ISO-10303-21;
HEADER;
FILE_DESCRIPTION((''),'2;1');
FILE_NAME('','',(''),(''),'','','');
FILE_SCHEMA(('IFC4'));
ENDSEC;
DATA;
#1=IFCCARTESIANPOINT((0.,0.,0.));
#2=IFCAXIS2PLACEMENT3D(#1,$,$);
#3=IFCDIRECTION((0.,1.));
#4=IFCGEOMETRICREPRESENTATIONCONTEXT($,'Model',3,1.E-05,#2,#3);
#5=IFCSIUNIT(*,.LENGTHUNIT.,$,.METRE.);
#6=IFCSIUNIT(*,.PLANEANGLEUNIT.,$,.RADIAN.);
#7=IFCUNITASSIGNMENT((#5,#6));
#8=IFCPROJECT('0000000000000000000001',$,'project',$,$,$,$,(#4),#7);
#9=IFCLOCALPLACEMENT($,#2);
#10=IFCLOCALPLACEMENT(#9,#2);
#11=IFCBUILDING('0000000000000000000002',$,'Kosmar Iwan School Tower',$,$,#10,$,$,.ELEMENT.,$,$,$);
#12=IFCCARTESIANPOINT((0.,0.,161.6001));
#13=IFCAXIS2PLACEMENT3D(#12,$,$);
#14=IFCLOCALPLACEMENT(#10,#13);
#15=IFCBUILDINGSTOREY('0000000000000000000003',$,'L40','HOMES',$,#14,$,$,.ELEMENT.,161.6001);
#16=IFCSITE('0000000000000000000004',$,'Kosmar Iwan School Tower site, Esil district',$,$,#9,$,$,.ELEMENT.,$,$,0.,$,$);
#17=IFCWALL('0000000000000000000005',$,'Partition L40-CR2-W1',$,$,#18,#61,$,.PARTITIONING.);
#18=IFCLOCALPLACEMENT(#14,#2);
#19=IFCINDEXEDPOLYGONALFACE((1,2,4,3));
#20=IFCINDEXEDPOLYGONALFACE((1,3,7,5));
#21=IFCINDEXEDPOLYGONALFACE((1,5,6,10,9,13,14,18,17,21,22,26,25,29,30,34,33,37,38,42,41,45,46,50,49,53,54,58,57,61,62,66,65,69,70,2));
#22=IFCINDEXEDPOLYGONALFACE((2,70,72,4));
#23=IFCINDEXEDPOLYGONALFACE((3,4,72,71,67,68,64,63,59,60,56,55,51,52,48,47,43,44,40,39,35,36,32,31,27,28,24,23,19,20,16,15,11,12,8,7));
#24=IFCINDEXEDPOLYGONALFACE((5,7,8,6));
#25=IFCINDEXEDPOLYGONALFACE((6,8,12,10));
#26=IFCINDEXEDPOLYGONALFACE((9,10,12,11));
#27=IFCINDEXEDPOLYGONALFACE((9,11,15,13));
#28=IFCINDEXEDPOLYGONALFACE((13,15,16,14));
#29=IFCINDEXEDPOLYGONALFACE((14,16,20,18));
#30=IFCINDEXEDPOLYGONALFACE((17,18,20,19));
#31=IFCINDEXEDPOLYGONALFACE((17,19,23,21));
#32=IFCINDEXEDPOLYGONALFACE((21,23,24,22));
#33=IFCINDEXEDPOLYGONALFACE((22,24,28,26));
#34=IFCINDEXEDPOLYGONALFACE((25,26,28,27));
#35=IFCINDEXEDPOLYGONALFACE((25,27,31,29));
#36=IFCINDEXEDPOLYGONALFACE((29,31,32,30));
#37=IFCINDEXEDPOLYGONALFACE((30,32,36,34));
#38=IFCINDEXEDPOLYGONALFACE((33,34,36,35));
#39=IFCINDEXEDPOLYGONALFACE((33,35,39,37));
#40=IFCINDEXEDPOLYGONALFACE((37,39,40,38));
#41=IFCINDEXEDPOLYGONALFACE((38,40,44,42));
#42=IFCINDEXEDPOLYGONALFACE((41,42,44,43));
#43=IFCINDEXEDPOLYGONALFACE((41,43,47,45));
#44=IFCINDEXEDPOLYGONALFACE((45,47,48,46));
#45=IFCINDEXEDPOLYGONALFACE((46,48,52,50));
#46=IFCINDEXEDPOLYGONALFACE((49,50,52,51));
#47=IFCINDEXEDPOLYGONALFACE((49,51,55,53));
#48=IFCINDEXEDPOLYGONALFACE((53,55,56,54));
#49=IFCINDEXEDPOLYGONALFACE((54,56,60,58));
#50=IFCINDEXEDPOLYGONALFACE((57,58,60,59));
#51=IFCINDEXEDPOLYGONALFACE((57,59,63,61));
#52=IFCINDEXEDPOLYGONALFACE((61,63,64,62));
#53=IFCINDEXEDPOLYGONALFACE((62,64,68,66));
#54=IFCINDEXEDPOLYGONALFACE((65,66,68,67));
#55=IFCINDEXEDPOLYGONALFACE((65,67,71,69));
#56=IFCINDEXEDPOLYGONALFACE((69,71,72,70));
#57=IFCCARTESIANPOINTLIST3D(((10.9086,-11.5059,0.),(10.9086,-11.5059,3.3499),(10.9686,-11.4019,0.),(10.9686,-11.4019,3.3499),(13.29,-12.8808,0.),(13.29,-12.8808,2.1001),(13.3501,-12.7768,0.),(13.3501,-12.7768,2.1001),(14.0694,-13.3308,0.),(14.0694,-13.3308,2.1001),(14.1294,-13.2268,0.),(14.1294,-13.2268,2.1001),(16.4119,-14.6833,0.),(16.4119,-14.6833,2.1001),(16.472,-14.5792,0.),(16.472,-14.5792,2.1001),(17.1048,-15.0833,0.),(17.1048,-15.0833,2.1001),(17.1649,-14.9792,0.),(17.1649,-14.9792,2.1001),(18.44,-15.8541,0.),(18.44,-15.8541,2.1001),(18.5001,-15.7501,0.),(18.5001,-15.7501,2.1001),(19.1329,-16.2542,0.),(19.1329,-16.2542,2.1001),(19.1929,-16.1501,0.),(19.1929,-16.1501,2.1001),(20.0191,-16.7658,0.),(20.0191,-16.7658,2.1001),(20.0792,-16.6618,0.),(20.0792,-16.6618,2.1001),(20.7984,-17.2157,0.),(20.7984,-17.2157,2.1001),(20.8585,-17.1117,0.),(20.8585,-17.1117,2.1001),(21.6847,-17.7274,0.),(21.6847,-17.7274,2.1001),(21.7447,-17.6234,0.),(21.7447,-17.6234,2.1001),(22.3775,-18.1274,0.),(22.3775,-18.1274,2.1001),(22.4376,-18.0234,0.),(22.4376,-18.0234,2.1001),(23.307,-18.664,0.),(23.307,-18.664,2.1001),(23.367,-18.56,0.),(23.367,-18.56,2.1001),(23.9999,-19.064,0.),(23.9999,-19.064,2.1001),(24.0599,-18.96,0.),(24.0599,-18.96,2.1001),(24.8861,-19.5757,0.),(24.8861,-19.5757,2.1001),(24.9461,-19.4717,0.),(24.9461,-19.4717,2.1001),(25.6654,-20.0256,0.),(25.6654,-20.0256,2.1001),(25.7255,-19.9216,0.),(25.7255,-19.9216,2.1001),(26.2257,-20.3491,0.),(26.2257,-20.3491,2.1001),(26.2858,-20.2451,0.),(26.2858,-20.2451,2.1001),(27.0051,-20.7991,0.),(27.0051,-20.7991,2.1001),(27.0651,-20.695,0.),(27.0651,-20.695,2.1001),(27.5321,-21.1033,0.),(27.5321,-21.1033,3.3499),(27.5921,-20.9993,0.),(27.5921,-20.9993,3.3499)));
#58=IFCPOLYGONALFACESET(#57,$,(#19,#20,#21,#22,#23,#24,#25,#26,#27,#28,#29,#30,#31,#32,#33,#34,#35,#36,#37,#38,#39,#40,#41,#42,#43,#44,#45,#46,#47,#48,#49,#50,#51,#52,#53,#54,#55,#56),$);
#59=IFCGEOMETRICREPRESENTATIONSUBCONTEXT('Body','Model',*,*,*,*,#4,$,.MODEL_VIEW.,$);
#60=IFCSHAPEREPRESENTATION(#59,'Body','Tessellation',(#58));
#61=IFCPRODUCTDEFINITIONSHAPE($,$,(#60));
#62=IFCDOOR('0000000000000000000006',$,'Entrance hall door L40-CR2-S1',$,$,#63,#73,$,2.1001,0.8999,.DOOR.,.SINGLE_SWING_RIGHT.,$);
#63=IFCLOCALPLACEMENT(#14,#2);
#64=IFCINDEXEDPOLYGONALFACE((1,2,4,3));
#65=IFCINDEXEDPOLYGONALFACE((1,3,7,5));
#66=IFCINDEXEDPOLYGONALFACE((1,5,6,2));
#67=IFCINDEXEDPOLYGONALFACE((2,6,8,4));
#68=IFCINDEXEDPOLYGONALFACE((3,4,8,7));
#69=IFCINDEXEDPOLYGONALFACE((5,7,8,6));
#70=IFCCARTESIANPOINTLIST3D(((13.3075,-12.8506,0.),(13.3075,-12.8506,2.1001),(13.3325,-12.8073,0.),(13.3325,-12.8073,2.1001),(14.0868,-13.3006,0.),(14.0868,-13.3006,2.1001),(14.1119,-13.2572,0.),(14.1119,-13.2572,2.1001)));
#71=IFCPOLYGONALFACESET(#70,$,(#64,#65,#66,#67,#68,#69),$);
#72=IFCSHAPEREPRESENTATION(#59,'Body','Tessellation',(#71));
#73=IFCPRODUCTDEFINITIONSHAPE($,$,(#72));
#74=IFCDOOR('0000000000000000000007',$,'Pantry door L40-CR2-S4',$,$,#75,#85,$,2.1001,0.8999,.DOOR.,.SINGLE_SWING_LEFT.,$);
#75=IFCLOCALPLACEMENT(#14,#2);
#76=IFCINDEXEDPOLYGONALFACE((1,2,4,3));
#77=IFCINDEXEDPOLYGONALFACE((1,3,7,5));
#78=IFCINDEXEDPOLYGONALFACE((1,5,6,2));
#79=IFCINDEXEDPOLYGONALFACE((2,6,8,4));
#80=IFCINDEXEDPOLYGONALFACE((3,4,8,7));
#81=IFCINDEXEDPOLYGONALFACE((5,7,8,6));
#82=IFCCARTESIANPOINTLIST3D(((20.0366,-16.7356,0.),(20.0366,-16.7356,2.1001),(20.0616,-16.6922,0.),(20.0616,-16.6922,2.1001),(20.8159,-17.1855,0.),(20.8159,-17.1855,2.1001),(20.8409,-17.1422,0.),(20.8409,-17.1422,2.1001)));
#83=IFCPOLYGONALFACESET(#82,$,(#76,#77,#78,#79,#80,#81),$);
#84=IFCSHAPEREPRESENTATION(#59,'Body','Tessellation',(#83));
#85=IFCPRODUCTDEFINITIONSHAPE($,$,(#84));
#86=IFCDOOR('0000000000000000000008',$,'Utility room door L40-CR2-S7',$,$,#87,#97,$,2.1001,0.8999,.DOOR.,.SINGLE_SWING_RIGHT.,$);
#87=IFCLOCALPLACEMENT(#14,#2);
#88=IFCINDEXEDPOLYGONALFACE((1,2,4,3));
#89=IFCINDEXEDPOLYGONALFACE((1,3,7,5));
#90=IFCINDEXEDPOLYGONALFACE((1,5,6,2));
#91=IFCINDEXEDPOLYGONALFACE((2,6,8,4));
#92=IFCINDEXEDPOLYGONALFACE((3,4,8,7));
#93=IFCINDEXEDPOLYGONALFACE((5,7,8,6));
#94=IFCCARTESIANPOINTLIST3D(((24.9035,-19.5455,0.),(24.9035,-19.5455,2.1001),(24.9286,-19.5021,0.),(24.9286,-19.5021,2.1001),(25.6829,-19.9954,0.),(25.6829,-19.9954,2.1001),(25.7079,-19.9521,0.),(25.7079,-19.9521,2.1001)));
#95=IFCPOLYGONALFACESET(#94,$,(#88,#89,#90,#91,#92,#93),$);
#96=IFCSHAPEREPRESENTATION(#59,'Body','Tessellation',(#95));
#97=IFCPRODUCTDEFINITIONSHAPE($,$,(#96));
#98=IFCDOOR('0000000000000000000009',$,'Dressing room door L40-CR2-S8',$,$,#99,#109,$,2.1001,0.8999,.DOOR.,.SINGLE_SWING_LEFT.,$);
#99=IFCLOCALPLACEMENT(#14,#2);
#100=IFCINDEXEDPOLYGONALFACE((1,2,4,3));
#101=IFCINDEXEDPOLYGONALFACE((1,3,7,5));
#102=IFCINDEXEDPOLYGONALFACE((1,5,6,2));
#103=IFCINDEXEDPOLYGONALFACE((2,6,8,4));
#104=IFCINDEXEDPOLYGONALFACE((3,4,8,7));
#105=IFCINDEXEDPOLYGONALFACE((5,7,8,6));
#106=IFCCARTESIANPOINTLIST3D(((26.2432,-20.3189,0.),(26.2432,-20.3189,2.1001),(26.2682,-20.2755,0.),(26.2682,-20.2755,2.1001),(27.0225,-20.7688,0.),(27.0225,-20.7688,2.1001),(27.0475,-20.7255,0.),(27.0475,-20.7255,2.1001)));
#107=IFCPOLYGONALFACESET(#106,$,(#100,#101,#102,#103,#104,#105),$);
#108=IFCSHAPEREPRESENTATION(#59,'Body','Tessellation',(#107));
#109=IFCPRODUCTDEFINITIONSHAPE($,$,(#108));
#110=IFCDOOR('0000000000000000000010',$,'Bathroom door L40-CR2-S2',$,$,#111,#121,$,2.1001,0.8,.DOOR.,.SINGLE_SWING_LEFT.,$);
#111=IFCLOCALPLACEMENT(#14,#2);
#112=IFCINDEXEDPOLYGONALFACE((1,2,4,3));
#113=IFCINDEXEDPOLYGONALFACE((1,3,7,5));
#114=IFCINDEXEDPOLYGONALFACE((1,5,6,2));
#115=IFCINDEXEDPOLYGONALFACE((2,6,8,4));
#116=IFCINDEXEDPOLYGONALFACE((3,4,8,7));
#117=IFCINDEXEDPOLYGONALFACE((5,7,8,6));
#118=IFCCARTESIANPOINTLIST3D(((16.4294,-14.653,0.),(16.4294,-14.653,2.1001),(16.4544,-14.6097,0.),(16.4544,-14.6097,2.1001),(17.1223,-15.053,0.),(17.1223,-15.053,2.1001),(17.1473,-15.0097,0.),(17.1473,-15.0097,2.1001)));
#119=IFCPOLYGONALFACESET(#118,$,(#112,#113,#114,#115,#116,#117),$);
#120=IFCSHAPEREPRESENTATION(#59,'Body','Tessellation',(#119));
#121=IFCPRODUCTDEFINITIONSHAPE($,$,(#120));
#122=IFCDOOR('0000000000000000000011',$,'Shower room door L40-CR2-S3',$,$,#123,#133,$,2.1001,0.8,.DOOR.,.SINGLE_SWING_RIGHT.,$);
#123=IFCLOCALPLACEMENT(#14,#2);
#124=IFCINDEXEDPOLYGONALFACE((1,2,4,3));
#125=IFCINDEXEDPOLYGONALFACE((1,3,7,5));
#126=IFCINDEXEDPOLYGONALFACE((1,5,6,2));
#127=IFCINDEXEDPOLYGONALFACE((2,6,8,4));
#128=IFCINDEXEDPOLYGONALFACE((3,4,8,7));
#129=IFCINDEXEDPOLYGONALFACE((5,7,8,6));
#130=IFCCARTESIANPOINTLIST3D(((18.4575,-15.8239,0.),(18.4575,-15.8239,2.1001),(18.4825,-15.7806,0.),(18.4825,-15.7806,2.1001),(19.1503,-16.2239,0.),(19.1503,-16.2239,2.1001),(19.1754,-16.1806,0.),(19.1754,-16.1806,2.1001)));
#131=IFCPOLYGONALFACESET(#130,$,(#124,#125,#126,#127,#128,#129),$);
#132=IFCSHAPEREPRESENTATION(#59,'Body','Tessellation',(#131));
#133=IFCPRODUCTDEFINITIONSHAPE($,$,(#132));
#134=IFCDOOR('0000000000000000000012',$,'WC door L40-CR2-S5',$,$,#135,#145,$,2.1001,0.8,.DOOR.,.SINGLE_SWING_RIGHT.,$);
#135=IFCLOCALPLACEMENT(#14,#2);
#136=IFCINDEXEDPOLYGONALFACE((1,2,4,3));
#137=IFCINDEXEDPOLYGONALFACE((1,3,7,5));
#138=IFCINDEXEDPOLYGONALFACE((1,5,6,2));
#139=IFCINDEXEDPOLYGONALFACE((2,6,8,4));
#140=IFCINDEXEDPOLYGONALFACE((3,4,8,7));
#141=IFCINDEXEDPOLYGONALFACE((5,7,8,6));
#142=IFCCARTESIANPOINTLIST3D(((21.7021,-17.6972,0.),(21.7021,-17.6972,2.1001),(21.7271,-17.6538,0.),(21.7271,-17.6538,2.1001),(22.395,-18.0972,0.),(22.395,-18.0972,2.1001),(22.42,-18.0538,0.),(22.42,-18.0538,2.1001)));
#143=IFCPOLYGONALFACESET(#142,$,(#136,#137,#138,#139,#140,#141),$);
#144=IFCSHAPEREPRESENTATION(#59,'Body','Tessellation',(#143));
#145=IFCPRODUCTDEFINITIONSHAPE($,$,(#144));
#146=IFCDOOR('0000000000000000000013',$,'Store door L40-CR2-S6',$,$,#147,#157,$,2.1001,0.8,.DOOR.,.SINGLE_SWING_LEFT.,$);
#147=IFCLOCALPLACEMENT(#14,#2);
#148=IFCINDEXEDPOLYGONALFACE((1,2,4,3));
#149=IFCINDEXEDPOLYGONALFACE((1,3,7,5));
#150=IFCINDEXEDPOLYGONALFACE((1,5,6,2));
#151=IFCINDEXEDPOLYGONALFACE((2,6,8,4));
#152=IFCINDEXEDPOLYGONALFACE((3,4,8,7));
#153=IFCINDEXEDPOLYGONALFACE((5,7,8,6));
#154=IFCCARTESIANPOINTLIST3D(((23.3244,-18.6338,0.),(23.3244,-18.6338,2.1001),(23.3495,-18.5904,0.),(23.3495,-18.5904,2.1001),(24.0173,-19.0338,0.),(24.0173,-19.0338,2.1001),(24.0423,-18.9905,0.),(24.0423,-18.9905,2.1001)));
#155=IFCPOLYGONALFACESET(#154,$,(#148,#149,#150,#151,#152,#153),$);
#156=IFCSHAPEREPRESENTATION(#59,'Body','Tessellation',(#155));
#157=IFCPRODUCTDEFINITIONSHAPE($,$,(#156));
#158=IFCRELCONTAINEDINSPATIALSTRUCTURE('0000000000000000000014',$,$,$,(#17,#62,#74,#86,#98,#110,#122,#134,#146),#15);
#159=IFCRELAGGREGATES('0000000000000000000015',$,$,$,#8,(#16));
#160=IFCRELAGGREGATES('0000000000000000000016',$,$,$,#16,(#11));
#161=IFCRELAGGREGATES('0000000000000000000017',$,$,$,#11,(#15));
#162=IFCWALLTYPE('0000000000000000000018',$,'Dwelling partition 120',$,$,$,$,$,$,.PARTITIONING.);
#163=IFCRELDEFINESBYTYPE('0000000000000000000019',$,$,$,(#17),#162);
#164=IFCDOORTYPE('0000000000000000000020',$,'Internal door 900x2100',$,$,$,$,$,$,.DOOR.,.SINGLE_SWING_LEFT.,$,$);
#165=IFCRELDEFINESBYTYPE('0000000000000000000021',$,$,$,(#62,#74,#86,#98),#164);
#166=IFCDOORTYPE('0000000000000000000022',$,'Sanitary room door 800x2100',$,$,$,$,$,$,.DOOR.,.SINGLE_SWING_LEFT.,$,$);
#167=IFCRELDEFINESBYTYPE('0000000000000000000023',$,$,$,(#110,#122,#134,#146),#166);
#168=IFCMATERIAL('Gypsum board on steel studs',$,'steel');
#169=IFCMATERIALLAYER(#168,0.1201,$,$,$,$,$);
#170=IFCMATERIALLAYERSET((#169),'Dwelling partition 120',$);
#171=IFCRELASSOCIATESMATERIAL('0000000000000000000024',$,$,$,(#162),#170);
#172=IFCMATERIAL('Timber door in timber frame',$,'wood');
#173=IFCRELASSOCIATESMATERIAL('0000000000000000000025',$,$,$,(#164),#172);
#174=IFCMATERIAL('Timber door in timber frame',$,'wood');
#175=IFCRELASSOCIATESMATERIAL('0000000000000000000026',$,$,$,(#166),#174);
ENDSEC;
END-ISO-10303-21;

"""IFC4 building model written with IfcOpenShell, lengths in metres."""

from ifc_helpers import new_model, si_unit, direction, frame, frame_2d, origin, place, context, subcontext, project, spatial, rectangle, extrude, material, layer, layer_set, type_object, element, fill, save


model = new_model("IFC4")

# Units and contexts
model_context = context("Model", 3, precision=1e-05, world=origin(), true_north=direction((0.0, 1.0)))
body_context = subcontext(model_context, "Body", "Model", "MODEL_VIEW")
ifc_project = project(units=[si_unit("LENGTHUNIT", "METRE"), si_unit("PLANEANGLEUNIT", "RADIAN")], contexts=[model_context])

# Site, building, storey
site_placement = place(None, origin())
site = spatial("IfcSite", under=ifc_project, at=site_placement, Name="Kosmar Iwan School Tower site, Esil district", CompositionType="ELEMENT", RefElevation=0.0)
building_placement = place(site_placement, origin())
building = spatial("IfcBuilding", under=site, at=building_placement, Name="Kosmar Iwan School Tower", CompositionType="ELEMENT")
storey_placement = place(building_placement, frame((0.0, 0.0, 161.6001)))
storey = spatial("IfcBuildingStorey", under=building, at=storey_placement, Name="L40", Description="HOMES", CompositionType="ELEMENT", Elevation=161.6001)

# Shared definitions
ifc_material_1 = material(Name="Gypsum board on steel studs", Category="steel")
ifc_layer_1 = layer(ifc_material_1, 0.1201)
ifc_layer_set_1 = layer_set([ifc_layer_1], Name="Dwelling partition 120")
wall_type_1 = type_object("IfcWallType", Name="Dwelling partition 120", PredefinedType="PARTITIONING", material=ifc_layer_set_1)

# Wall, openings, doors
wall_1_placement = place(storey_placement, frame((10.9385, -11.4539, 0.0), z_axis=(0.0, 0.0, 1.0), x_axis=(0.86603, -0.499993, 0.0)))
wall_1 = element("IfcWall", 1, at=wall_1_placement, inside=storey, type_object=wall_type_1, Name="Partition L40-CR2-W1", PredefinedType="PARTITIONING", context=body_context, shape_type="SweptSolid", body=[
    extrude(rectangle(XDim=19.1951, YDim=0.1201, at=frame_2d((9.5977, 0.0))), origin(), (0.0, 0.0, 1.0), 3.3499),
])
opening_1_placement = place(wall_1_placement, frame((2.75, 0.0, 0.0)))
opening_1 = element("IfcOpeningElement", 2, at=opening_1_placement, cuts=wall_1, PredefinedType="OPENING", context=body_context, shape_type="SweptSolid", body=[
    extrude(rectangle(XDim=0.8999, YDim=2.1001, at=frame_2d((0.45, 1.05))), frame((0.0, 0.072, 0.0), z_axis=(0.0, -1.0, 0.0), x_axis=(1.0, 0.0, 0.0)), (0.0, 0.0, 1.0), 0.144),
])
opening_2_placement = place(wall_1_placement, frame((6.355, 0.0, 0.0)))
opening_2 = element("IfcOpeningElement", 3, at=opening_2_placement, cuts=wall_1, PredefinedType="OPENING", context=body_context, shape_type="SweptSolid", body=[
    extrude(rectangle(XDim=0.8, YDim=2.1001, at=frame_2d((0.3999, 1.05))), frame((0.0, 0.072, 0.0), z_axis=(0.0, -1.0, 0.0), x_axis=(1.0, 0.0, 0.0)), (0.0, 0.0, 1.0), 0.144),
])
opening_3_placement = place(wall_1_placement, frame((8.6968, 0.0, 0.0)))
opening_3 = element("IfcOpeningElement", 4, at=opening_3_placement, cuts=wall_1, PredefinedType="OPENING", context=body_context, shape_type="SweptSolid", body=[
    extrude(rectangle(XDim=0.8, YDim=2.1001, at=frame_2d((0.3999, 1.05))), frame((0.0, 0.072, 0.0), z_axis=(0.0, -1.0, 0.0), x_axis=(1.0, 0.0, 0.0)), (0.0, 0.0, 1.0), 0.144),
])
opening_4_placement = place(wall_1_placement, frame((10.52, 0.0, 0.0)))
opening_4 = element("IfcOpeningElement", 5, at=opening_4_placement, cuts=wall_1, PredefinedType="OPENING", context=body_context, shape_type="SweptSolid", body=[
    extrude(rectangle(XDim=0.8999, YDim=2.1001, at=frame_2d((0.45, 1.05))), frame((0.0, 0.072, 0.0), z_axis=(0.0, -1.0, 0.0), x_axis=(1.0, 0.0, 0.0)), (0.0, 0.0, 1.0), 0.144),
])
opening_5_placement = place(wall_1_placement, frame((12.4434, 0.0, 0.0)))
opening_5 = element("IfcOpeningElement", 6, at=opening_5_placement, cuts=wall_1, PredefinedType="OPENING", context=body_context, shape_type="SweptSolid", body=[
    extrude(rectangle(XDim=0.8, YDim=2.1001, at=frame_2d((0.3999, 1.05))), frame((0.0, 0.072, 0.0), z_axis=(0.0, -1.0, 0.0), x_axis=(1.0, 0.0, 0.0)), (0.0, 0.0, 1.0), 0.144),
])
opening_6_placement = place(wall_1_placement, frame((14.3167, 0.0, 0.0)))
opening_6 = element("IfcOpeningElement", 7, at=opening_6_placement, cuts=wall_1, PredefinedType="OPENING", context=body_context, shape_type="SweptSolid", body=[
    extrude(rectangle(XDim=0.8, YDim=2.1001, at=frame_2d((0.3999, 1.05))), frame((0.0, 0.072, 0.0), z_axis=(0.0, -1.0, 0.0), x_axis=(1.0, 0.0, 0.0)), (0.0, 0.0, 1.0), 0.144),
])
opening_7_placement = place(wall_1_placement, frame((16.1399, 0.0, 0.0)))
opening_7 = element("IfcOpeningElement", 8, at=opening_7_placement, cuts=wall_1, PredefinedType="OPENING", context=body_context, shape_type="SweptSolid", body=[
    extrude(rectangle(XDim=0.8999, YDim=2.1001, at=frame_2d((0.45, 1.05))), frame((0.0, 0.072, 0.0), z_axis=(0.0, -1.0, 0.0), x_axis=(1.0, 0.0, 0.0)), (0.0, 0.0, 1.0), 0.144),
])
opening_8_placement = place(wall_1_placement, frame((17.6868, 0.0, 0.0)))
opening_8 = element("IfcOpeningElement", 9, at=opening_8_placement, cuts=wall_1, PredefinedType="OPENING", context=body_context, shape_type="SweptSolid", body=[
    extrude(rectangle(XDim=0.8999, YDim=2.1001, at=frame_2d((0.45, 1.05))), frame((0.0, 0.072, 0.0), z_axis=(0.0, -1.0, 0.0), x_axis=(1.0, 0.0, 0.0)), (0.0, 0.0, 1.0), 0.144),
])
ifc_material_2 = material(Name="Timber door in timber frame", Category="wood")
door_type_1 = type_object("IfcDoorType", Name="Internal door 900x2100", OperationType="SINGLE_SWING_LEFT", PredefinedType="DOOR", material=ifc_material_2)
door_1_placement = place(opening_1_placement, origin())
door_1 = element("IfcDoor", 10, at=door_1_placement, inside=storey, type_object=door_type_1, Name="Entrance hall door L40-CR2-S1", OperationType="SINGLE_SWING_RIGHT", OverallHeight=2.1001, OverallWidth=0.8999, PredefinedType="DOOR", context=body_context, shape_type="SweptSolid", body=[
    extrude(rectangle(XDim=0.8999, YDim=2.1001, at=frame_2d((0.45, 1.05))), frame((0.0, 0.0249, 0.0), z_axis=(0.0, -1.0, 0.0), x_axis=(1.0, 0.0, 0.0)), (0.0, 0.0, 1.0), 0.05),
])
fill(opening_1, door_1)
door_2_placement = place(opening_4_placement, origin())
door_2 = element("IfcDoor", 11, at=door_2_placement, inside=storey, type_object=door_type_1, Name="Pantry door L40-CR2-S4", OperationType="SINGLE_SWING_LEFT", OverallHeight=2.1001, OverallWidth=0.8999, PredefinedType="DOOR", context=body_context, shape_type="SweptSolid", body=[
    extrude(rectangle(XDim=0.8999, YDim=2.1001, at=frame_2d((0.45, 1.05))), frame((0.0, 0.0249, 0.0), z_axis=(0.0, -1.0, 0.0), x_axis=(1.0, 0.0, 0.0)), (0.0, 0.0, 1.0), 0.05),
])
fill(opening_4, door_2)
door_3_placement = place(opening_7_placement, origin())
door_3 = element("IfcDoor", 12, at=door_3_placement, inside=storey, type_object=door_type_1, Name="Utility room door L40-CR2-S7", OperationType="SINGLE_SWING_RIGHT", OverallHeight=2.1001, OverallWidth=0.8999, PredefinedType="DOOR", context=body_context, shape_type="SweptSolid", body=[
    extrude(rectangle(XDim=0.8999, YDim=2.1001, at=frame_2d((0.45, 1.05))), frame((0.0, 0.0249, 0.0), z_axis=(0.0, -1.0, 0.0), x_axis=(1.0, 0.0, 0.0)), (0.0, 0.0, 1.0), 0.05),
])
fill(opening_7, door_3)
door_4_placement = place(opening_8_placement, origin())
door_4 = element("IfcDoor", 13, at=door_4_placement, inside=storey, type_object=door_type_1, Name="Dressing room door L40-CR2-S8", OperationType="SINGLE_SWING_LEFT", OverallHeight=2.1001, OverallWidth=0.8999, PredefinedType="DOOR", context=body_context, shape_type="SweptSolid", body=[
    extrude(rectangle(XDim=0.8999, YDim=2.1001, at=frame_2d((0.45, 1.05))), frame((0.0, 0.0249, 0.0), z_axis=(0.0, -1.0, 0.0), x_axis=(1.0, 0.0, 0.0)), (0.0, 0.0, 1.0), 0.05),
])
fill(opening_8, door_4)
ifc_material_3 = material(Name="Timber door in timber frame", Category="wood")
door_type_2 = type_object("IfcDoorType", Name="Sanitary room door 800x2100", OperationType="SINGLE_SWING_LEFT", PredefinedType="DOOR", material=ifc_material_3)
door_5_placement = place(opening_2_placement, origin())
door_5 = element("IfcDoor", 14, at=door_5_placement, inside=storey, type_object=door_type_2, Name="Bathroom door L40-CR2-S2", OperationType="SINGLE_SWING_LEFT", OverallHeight=2.1001, OverallWidth=0.8, PredefinedType="DOOR", context=body_context, shape_type="SweptSolid", body=[
    extrude(rectangle(XDim=0.8, YDim=2.1001, at=frame_2d((0.3999, 1.05))), frame((0.0, 0.0249, 0.0), z_axis=(0.0, -1.0, 0.0), x_axis=(1.0, 0.0, 0.0)), (0.0, 0.0, 1.0), 0.05),
])
fill(opening_2, door_5)
door_6_placement = place(opening_3_placement, origin())
door_6 = element("IfcDoor", 15, at=door_6_placement, inside=storey, type_object=door_type_2, Name="Shower room door L40-CR2-S3", OperationType="SINGLE_SWING_RIGHT", OverallHeight=2.1001, OverallWidth=0.8, PredefinedType="DOOR", context=body_context, shape_type="SweptSolid", body=[
    extrude(rectangle(XDim=0.8, YDim=2.1001, at=frame_2d((0.3999, 1.05))), frame((0.0, 0.0249, 0.0), z_axis=(0.0, -1.0, 0.0), x_axis=(1.0, 0.0, 0.0)), (0.0, 0.0, 1.0), 0.05),
])
fill(opening_3, door_6)
door_7_placement = place(opening_5_placement, origin())
door_7 = element("IfcDoor", 16, at=door_7_placement, inside=storey, type_object=door_type_2, Name="WC door L40-CR2-S5", OperationType="SINGLE_SWING_RIGHT", OverallHeight=2.1001, OverallWidth=0.8, PredefinedType="DOOR", context=body_context, shape_type="SweptSolid", body=[
    extrude(rectangle(XDim=0.8, YDim=2.1001, at=frame_2d((0.3999, 1.05))), frame((0.0, 0.0249, 0.0), z_axis=(0.0, -1.0, 0.0), x_axis=(1.0, 0.0, 0.0)), (0.0, 0.0, 1.0), 0.05),
])
fill(opening_5, door_7)
door_8_placement = place(opening_6_placement, origin())
door_8 = element("IfcDoor", 17, at=door_8_placement, inside=storey, type_object=door_type_2, Name="Store door L40-CR2-S6", OperationType="SINGLE_SWING_LEFT", OverallHeight=2.1001, OverallWidth=0.8, PredefinedType="DOOR", context=body_context, shape_type="SweptSolid", body=[
    extrude(rectangle(XDim=0.8, YDim=2.1001, at=frame_2d((0.3999, 1.05))), frame((0.0, 0.0249, 0.0), z_axis=(0.0, -1.0, 0.0), x_axis=(1.0, 0.0, 0.0)), (0.0, 0.0, 1.0), 0.05),
])
fill(opening_6, door_8)

save(model, "model.ifc")
